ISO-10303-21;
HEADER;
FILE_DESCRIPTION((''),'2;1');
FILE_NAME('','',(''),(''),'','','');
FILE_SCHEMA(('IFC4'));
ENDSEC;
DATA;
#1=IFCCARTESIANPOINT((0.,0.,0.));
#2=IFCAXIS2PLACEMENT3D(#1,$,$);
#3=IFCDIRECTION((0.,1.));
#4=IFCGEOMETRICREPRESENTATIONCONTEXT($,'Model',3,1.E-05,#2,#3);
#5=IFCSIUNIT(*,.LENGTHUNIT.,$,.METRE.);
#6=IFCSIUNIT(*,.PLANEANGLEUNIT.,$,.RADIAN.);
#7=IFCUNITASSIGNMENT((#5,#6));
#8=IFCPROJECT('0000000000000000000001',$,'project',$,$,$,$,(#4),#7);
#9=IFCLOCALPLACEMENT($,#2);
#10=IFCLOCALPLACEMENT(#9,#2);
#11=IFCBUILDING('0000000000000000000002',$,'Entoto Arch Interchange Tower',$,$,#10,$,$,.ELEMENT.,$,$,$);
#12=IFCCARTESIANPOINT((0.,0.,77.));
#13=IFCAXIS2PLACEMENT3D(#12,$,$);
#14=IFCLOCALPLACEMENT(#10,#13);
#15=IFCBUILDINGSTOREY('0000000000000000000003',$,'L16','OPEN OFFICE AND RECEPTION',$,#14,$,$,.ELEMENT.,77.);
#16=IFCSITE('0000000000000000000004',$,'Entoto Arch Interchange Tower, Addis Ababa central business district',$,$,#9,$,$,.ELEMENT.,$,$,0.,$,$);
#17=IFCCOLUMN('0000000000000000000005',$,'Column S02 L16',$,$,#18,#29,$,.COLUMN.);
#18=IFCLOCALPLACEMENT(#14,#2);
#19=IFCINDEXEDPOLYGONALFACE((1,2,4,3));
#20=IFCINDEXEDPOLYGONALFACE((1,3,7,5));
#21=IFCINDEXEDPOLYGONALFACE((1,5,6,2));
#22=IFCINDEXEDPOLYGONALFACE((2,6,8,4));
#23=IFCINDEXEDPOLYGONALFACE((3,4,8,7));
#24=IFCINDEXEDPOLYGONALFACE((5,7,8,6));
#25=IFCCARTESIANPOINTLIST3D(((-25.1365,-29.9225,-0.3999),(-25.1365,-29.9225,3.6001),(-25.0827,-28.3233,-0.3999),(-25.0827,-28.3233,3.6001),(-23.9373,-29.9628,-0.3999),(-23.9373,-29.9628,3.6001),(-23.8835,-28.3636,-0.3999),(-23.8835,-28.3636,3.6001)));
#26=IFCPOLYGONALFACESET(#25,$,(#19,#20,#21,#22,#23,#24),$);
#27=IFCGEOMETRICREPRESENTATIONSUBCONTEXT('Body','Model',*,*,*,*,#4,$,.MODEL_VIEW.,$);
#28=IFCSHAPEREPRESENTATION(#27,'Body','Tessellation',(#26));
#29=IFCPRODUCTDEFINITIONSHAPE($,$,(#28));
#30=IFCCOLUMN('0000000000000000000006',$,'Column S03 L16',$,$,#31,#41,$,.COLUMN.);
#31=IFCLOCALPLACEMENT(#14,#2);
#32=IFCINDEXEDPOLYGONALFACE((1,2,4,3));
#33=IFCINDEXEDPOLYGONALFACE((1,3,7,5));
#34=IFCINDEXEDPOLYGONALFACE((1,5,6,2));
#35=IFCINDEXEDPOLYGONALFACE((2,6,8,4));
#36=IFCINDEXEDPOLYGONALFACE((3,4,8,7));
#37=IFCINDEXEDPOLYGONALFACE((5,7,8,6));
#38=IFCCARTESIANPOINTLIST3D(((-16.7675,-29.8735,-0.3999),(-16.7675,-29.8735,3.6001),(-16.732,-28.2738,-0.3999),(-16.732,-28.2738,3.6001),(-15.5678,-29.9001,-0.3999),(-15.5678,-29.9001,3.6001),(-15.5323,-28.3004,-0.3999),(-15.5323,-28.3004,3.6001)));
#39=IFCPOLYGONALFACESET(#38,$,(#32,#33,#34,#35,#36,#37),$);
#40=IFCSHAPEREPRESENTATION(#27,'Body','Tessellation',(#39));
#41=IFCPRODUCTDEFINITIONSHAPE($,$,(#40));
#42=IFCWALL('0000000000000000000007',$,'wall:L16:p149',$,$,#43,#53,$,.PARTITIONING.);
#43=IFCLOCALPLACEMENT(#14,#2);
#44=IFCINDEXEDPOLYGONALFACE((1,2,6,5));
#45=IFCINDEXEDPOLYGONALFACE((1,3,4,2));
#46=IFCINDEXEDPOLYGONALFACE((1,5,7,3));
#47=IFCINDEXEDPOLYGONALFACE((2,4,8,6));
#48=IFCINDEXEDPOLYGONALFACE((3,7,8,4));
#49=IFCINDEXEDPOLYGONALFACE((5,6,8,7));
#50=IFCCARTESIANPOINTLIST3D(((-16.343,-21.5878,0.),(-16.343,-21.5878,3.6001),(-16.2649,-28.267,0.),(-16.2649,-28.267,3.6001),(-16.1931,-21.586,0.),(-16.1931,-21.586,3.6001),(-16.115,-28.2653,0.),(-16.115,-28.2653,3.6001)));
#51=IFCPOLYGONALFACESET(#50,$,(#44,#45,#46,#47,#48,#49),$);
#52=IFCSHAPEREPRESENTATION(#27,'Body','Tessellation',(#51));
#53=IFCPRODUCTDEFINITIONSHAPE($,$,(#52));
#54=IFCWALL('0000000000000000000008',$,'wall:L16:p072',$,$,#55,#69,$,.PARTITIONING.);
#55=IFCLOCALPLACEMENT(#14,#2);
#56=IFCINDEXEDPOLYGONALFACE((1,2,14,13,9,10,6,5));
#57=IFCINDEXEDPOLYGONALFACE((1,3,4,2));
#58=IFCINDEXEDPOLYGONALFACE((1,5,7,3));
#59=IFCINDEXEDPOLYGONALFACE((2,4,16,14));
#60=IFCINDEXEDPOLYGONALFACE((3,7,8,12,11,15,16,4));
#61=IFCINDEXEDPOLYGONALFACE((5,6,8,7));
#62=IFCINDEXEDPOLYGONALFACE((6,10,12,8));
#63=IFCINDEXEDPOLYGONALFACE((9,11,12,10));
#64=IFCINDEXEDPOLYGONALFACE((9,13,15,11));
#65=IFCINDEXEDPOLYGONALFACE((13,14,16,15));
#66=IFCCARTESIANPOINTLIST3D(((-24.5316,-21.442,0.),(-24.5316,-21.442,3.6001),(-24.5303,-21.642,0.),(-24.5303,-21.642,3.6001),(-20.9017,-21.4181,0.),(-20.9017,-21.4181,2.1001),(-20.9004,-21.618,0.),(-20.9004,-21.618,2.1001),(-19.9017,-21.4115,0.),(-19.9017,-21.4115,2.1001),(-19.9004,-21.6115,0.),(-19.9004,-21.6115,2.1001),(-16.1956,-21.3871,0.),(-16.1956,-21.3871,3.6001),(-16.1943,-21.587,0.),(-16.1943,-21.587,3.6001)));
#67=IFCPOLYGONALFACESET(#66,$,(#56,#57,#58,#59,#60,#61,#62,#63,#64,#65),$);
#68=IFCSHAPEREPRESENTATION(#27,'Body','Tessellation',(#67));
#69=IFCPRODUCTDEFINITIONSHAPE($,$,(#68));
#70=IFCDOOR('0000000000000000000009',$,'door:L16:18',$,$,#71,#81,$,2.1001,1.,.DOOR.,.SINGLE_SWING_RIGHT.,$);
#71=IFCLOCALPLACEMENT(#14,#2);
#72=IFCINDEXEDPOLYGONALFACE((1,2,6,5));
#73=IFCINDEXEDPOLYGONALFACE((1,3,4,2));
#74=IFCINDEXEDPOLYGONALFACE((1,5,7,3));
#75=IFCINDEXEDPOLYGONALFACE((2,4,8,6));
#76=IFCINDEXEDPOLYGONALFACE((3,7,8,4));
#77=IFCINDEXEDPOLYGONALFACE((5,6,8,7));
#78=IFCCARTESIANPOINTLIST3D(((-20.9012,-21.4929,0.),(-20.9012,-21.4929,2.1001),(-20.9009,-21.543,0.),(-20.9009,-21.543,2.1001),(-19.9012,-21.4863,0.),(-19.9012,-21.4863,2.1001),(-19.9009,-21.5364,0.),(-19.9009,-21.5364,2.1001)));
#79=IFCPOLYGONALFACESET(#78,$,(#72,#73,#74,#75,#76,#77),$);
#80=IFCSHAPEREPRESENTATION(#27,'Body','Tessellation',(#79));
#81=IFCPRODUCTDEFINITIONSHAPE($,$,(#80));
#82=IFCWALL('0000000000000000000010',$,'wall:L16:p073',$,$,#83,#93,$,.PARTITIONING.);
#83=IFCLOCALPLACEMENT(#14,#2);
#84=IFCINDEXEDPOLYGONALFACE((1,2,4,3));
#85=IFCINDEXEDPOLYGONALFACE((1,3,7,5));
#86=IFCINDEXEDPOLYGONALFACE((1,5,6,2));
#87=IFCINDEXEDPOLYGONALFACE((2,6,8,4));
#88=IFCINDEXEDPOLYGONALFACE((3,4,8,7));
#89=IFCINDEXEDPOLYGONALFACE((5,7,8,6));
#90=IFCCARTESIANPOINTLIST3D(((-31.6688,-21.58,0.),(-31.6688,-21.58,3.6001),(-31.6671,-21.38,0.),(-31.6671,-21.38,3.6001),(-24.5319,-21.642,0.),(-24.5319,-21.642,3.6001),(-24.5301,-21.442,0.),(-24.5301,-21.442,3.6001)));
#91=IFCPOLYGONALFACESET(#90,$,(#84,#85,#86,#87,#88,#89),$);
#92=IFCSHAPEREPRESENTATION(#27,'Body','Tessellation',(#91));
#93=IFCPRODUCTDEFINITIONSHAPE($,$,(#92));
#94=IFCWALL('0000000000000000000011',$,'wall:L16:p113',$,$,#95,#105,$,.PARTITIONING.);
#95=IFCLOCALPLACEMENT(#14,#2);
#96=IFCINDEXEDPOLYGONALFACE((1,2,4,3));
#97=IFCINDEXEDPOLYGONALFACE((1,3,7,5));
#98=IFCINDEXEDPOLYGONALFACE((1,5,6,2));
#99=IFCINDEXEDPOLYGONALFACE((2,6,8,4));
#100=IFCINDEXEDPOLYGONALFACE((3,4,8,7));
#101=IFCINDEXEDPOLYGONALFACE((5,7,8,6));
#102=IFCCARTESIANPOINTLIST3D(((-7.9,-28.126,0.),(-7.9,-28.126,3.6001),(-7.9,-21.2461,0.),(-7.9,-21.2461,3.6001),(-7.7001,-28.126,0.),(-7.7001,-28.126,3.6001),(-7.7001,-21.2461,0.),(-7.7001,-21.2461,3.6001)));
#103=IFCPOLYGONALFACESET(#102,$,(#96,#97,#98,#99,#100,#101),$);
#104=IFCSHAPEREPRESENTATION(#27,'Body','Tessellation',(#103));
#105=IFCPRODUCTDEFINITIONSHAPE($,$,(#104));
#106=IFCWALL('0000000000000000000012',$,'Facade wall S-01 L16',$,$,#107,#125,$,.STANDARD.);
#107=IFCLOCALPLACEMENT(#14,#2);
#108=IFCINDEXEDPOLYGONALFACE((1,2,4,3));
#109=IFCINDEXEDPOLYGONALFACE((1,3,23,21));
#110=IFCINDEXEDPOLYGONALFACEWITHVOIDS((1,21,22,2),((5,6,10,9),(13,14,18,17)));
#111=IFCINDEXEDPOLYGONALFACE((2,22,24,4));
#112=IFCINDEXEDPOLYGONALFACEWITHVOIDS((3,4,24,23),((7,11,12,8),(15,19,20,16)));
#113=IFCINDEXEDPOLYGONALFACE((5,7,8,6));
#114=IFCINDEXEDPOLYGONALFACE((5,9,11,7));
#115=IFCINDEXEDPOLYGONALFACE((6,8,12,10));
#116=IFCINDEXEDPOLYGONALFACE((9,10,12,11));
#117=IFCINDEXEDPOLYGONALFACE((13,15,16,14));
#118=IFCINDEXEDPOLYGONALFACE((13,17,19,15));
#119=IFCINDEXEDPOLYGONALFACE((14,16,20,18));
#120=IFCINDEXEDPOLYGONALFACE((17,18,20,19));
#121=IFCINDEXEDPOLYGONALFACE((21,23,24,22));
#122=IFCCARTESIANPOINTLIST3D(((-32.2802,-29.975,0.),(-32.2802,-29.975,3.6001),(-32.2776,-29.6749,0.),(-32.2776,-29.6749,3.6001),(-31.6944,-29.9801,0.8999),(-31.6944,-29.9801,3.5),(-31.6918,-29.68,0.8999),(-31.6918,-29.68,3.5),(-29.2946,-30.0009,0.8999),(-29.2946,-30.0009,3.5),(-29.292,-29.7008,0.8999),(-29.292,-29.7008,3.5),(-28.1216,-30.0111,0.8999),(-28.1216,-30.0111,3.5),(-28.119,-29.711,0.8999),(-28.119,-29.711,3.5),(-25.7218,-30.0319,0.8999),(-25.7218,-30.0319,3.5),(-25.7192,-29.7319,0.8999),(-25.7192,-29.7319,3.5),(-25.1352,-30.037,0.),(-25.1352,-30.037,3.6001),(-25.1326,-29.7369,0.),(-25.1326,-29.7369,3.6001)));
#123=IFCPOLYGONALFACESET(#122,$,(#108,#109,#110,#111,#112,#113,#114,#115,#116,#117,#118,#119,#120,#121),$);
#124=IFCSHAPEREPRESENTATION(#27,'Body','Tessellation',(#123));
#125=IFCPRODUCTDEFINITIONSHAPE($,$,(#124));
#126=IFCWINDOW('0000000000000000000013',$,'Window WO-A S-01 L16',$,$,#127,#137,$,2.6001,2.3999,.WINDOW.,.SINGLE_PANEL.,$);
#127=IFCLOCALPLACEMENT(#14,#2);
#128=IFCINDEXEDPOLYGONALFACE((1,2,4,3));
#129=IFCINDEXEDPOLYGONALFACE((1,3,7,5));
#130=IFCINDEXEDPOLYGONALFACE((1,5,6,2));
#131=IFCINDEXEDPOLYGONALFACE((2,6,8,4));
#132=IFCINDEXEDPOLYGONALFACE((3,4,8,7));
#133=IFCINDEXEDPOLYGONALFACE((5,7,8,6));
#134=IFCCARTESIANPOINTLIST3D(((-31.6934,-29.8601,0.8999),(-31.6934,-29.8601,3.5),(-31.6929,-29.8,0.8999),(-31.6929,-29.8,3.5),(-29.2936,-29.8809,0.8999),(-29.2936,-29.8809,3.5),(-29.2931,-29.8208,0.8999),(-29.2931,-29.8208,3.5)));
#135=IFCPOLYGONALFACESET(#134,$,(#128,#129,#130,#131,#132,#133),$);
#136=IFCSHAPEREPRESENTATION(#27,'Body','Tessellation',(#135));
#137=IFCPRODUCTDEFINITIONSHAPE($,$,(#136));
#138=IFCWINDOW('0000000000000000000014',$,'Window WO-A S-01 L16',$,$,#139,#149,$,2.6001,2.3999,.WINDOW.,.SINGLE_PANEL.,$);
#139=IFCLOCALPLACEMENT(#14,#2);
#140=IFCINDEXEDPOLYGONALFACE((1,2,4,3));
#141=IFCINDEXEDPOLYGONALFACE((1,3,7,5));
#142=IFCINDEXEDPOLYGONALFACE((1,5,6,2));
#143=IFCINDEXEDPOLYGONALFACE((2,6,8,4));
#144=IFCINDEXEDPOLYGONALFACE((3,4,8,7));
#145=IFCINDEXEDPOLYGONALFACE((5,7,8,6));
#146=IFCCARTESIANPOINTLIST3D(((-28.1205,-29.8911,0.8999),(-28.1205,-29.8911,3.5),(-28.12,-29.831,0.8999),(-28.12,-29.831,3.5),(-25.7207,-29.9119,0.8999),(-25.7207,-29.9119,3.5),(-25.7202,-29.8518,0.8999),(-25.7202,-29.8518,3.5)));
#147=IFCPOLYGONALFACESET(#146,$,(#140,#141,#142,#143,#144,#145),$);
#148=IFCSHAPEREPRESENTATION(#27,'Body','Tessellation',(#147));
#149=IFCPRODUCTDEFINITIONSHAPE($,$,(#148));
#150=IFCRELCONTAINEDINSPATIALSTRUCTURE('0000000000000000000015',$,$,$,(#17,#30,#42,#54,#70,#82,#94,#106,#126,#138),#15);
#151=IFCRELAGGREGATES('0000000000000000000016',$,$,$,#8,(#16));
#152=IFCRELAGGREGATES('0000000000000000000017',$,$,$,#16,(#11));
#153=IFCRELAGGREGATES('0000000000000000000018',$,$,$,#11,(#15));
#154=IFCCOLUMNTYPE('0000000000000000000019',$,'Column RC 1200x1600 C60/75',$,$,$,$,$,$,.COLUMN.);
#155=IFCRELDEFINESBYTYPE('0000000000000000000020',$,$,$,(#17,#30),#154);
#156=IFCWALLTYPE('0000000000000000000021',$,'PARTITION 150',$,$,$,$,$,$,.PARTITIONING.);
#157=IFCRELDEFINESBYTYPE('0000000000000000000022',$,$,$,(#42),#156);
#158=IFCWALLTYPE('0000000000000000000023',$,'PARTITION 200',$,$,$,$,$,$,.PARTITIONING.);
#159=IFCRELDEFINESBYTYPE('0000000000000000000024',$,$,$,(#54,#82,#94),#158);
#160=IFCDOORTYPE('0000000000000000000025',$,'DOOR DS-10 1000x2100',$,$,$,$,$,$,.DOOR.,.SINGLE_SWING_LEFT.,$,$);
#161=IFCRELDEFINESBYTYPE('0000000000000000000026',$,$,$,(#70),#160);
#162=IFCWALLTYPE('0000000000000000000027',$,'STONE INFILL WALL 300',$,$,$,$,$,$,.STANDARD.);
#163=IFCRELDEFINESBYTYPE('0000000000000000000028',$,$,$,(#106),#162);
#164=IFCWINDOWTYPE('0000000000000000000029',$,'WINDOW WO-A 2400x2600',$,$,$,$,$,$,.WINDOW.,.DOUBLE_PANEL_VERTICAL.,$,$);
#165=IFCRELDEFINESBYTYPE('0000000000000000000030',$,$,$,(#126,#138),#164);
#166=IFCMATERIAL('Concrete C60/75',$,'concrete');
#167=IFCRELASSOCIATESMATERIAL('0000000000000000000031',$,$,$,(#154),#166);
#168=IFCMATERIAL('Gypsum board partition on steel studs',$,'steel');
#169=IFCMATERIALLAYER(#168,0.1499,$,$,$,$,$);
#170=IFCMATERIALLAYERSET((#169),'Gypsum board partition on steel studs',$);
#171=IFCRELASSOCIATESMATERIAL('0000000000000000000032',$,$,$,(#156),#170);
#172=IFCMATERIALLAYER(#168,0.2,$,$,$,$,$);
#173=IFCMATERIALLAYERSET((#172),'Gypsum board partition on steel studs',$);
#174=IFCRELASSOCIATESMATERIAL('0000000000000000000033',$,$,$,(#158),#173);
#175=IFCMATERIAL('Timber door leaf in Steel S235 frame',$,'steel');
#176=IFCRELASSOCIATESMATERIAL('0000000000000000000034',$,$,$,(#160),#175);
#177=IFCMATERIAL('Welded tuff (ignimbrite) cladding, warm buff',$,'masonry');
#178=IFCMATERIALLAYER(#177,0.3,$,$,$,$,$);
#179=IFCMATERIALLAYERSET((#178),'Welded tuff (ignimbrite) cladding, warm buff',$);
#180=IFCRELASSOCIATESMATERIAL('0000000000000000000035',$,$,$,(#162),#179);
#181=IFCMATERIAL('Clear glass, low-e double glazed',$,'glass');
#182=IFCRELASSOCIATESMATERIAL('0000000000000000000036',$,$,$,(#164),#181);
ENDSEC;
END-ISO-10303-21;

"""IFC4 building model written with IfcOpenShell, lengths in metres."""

from ifc_helpers import new_model, si_unit, direction, frame, frame_2d, origin, origin_2d, place, context, subcontext, project, spatial, rectangle, extrude, material, layer, layer_set, material_profile, profile_set, type_object, element, fill, save


model = new_model("IFC4")

# Units and contexts
model_context = context("Model", 3, precision=1e-05, world=origin(), true_north=direction((0.0, 1.0)))
body_context = subcontext(model_context, "Body", "Model", "MODEL_VIEW")
ifc_project = project(units=[si_unit("LENGTHUNIT", "METRE"), si_unit("PLANEANGLEUNIT", "RADIAN")], contexts=[model_context])

# Site, building, storey
site_placement = place(None, origin())
site = spatial("IfcSite", under=ifc_project, at=site_placement, Name="Entoto Arch Interchange Tower, Addis Ababa central business district", CompositionType="ELEMENT", RefElevation=0.0)
building_placement = place(site_placement, origin())
building = spatial("IfcBuilding", under=site, at=building_placement, Name="Entoto Arch Interchange Tower", CompositionType="ELEMENT")
storey_placement = place(building_placement, frame((0.0, 0.0, 77.0)))
storey = spatial("IfcBuildingStorey", under=building, at=storey_placement, Name="L16", Description="OPEN OFFICE AND RECEPTION", CompositionType="ELEMENT", Elevation=77.0)

# Columns
ifc_material_1 = material(Name="Concrete C60/75", Category="concrete")
ifc_material_profile = material_profile(ifc_material_1, rectangle(XDim=1.2, YDim=1.6001, at=origin_2d()))
ifc_profile_set = profile_set([ifc_material_profile], Name="Concrete C60/75")
column_type = type_object("IfcColumnType", Name="Column RC 1200x1600 C60/75", PredefinedType="COLUMN", material=ifc_profile_set)
for number, where, z_axis, x_axis, name in (
    (1, (-24.51, -29.1431, -0.3999), (0.0, 0.0, 1.0), (-0.999434, 0.033626, 0.0), "Column S02 L16"),
    (2, (-16.1499, -29.0869, -0.3999), (0.0, 0.0, 1.0), (-0.999754, 0.022164, 0.0), "Column S03 L16"),
):
    element("IfcColumn", number, at=place(storey_placement, frame(where, z_axis=z_axis, x_axis=x_axis)), inside=storey, type_object=column_type, Name=name, PredefinedType="COLUMN", context=body_context, shape_type="SweptSolid", body=[
        extrude(rectangle(XDim=1.2, YDim=1.6001, at=origin_2d()), origin(), (0.0, 0.0, 1.0), 4.0),
    ])

# Wall
ifc_material_2 = material(Name="Gypsum board partition on steel studs", Category="steel")
ifc_layer_1 = layer(ifc_material_2, 0.1499)
ifc_layer_set_1 = layer_set([ifc_layer_1], Name="Gypsum board partition on steel studs")
wall_type_1 = type_object("IfcWallType", Name="PARTITION 150", PredefinedType="PARTITIONING", material=ifc_layer_set_1)
wall_1_placement = place(storey_placement, frame((-16.2681, -21.5869, 0.0), z_axis=(0.0, 0.0, 1.0), x_axis=(0.011696, -0.999932, 0.0)))
element("IfcWall", 3, at=wall_1_placement, inside=storey, type_object=wall_type_1, Name="wall:L16:p149", PredefinedType="PARTITIONING", context=body_context, shape_type="SweptSolid", body=[
    extrude(rectangle(XDim=6.6797, YDim=0.1499, at=frame_2d((3.3398, 0.0))), origin(), (0.0, 0.0, 1.0), 3.6001),
])

# Wall, opening, door
ifc_layer_2 = layer(ifc_material_2, 0.2)
ifc_layer_set_2 = layer_set([ifc_layer_2], Name="Gypsum board partition on steel studs")
wall_type_2 = type_object("IfcWallType", Name="PARTITION 200", PredefinedType="PARTITIONING", material=ifc_layer_set_2)
wall_2_placement = place(storey_placement, frame((-16.1951, -21.4871, 0.0), z_axis=(0.0, 0.0, 1.0), x_axis=(-0.999978, -0.00659, 0.0)))
wall_2 = element("IfcWall", 4, at=wall_2_placement, inside=storey, type_object=wall_type_2, Name="wall:L16:p072", PredefinedType="PARTITIONING", context=body_context, shape_type="SweptSolid", body=[
    extrude(rectangle(XDim=8.3362, YDim=0.2, at=frame_2d((4.168, 0.0))), origin(), (0.0, 0.0, 1.0), 3.6001),
])
opening_1_placement = place(wall_2_placement, frame((3.7061, 0.0, 0.0)))
opening_1 = element("IfcOpeningElement", 5, at=opening_1_placement, cuts=wall_2, PredefinedType="OPENING", context=body_context, shape_type="SweptSolid", body=[
    extrude(rectangle(XDim=1.0, YDim=2.1001, at=frame_2d((0.5, 1.05))), frame((0.0, 0.1099, 0.0), z_axis=(0.0, -1.0, 0.0), x_axis=(1.0, 0.0, 0.0)), (0.0, 0.0, 1.0), 0.22),
])
ifc_material_3 = material(Name="Timber door leaf in Steel S235 frame", Category="steel")
door_type = type_object("IfcDoorType", Name="DOOR DS-10 1000x2100", OperationType="SINGLE_SWING_LEFT", PredefinedType="DOOR", material=ifc_material_3)
door_placement = place(opening_1_placement, origin())
door = element("IfcDoor", 6, at=door_placement, inside=storey, type_object=door_type, Name="door:L16:18", OperationType="SINGLE_SWING_RIGHT", OverallHeight=2.1001, OverallWidth=1.0, PredefinedType="DOOR", context=body_context, shape_type="SweptSolid", body=[
    extrude(rectangle(XDim=1.0, YDim=2.1001, at=frame_2d((0.5, 1.05))), frame((0.0, 0.0249, 0.0), z_axis=(0.0, -1.0, 0.0), x_axis=(1.0, 0.0, 0.0)), (0.0, 0.0, 1.0), 0.05),
])
fill(opening_1, door)

# Walls
wall_3_placement = place(storey_placement, frame((-24.531, -21.542, 0.0), z_axis=(0.0, 0.0, 1.0), x_axis=(-0.999962, 0.008688, 0.0)))
element("IfcWall", 7, at=wall_3_placement, inside=storey, type_object=wall_type_2, Name="wall:L16:p073", PredefinedType="PARTITIONING", context=body_context, shape_type="SweptSolid", body=[
    extrude(rectangle(XDim=7.1372, YDim=0.2, at=frame_2d((3.5686, 0.0))), origin(), (0.0, 0.0, 1.0), 3.6001),
])
wall_4_placement = place(storey_placement, frame((-7.8, -28.126, 0.0), z_axis=(0.0, 0.0, 1.0), x_axis=(0.0, 1.0, 0.0)))
element("IfcWall", 8, at=wall_4_placement, inside=storey, type_object=wall_type_2, Name="wall:L16:p113", PredefinedType="PARTITIONING", context=body_context, shape_type="SweptSolid", body=[
    extrude(rectangle(XDim=6.8799, YDim=0.2, at=frame_2d((3.4399, 0.0))), origin(), (0.0, 0.0, 1.0), 3.6001),
])

# Wall, openings, windows
ifc_material_4 = material(Name="Welded tuff (ignimbrite) cladding, warm buff", Category="masonry")
ifc_layer_3 = layer(ifc_material_4, 0.3)
ifc_layer_set_3 = layer_set([ifc_layer_3], Name="Welded tuff (ignimbrite) cladding, warm buff")
wall_type_3 = type_object("IfcWallType", Name="STONE INFILL WALL 300", PredefinedType="STANDARD", material=ifc_layer_set_3)
wall_5_placement = place(storey_placement, frame((-32.2791, -29.825, 0.0), z_axis=(0.0, 0.0, 1.0), x_axis=(0.999962, -0.008679, 0.0)))
wall_5 = element("IfcWall", 9, at=wall_5_placement, inside=storey, type_object=wall_type_3, Name="Facade wall S-01 L16", PredefinedType="STANDARD", context=body_context, shape_type="SweptSolid", body=[
    extrude(rectangle(XDim=7.1453, YDim=0.3, at=frame_2d((3.5728, 0.0))), origin(), (0.0, 0.0, 1.0), 3.6001),
])
opening_2_placement = place(wall_5_placement, frame((0.5859, 0.0, 0.8999)))
opening_2 = element("IfcOpeningElement", 10, at=opening_2_placement, cuts=wall_5, PredefinedType="OPENING", context=body_context, shape_type="SweptSolid", body=[
    extrude(rectangle(XDim=2.3999, YDim=2.6001, at=frame_2d((1.2, 1.3))), frame((0.0, 0.1602, 0.0), z_axis=(0.0, -1.0, 0.0), x_axis=(1.0, 0.0, 0.0)), (0.0, 0.0, 1.0), 0.3201),
])
opening_3_placement = place(wall_5_placement, frame((4.1589, 0.0, 0.8999)))
opening_3 = element("IfcOpeningElement", 11, at=opening_3_placement, cuts=wall_5, PredefinedType="OPENING", context=body_context, shape_type="SweptSolid", body=[
    extrude(rectangle(XDim=2.3999, YDim=2.6001, at=frame_2d((1.2, 1.3))), frame((0.0, 0.1602, 0.0), z_axis=(0.0, -1.0, 0.0), x_axis=(1.0, 0.0, 0.0)), (0.0, 0.0, 1.0), 0.3201),
])
ifc_material_5 = material(Name="Clear glass, low-e double glazed", Category="glass")
window_type = type_object("IfcWindowType", Name="WINDOW WO-A 2400x2600", PartitioningType="DOUBLE_PANEL_VERTICAL", PredefinedType="WINDOW", material=ifc_material_5)
window_1_placement = place(opening_2_placement, origin())
window_1 = element("IfcWindow", 12, at=window_1_placement, inside=storey, type_object=window_type, Name="Window WO-A S-01 L16", OverallHeight=2.6001, OverallWidth=2.3999, PartitioningType="SINGLE_PANEL", PredefinedType="WINDOW", context=body_context, shape_type="SweptSolid", body=[
    extrude(rectangle(XDim=2.3999, YDim=2.6001, at=frame_2d((1.2, 1.3))), frame((0.0, 0.03, 0.0), z_axis=(0.0, -1.0, 0.0), x_axis=(1.0, 0.0, 0.0)), (0.0, 0.0, 1.0), 0.0601),
])
fill(opening_2, window_1)
window_2_placement = place(opening_3_placement, origin())
window_2 = element("IfcWindow", 13, at=window_2_placement, inside=storey, type_object=window_type, Name="Window WO-A S-01 L16", OverallHeight=2.6001, OverallWidth=2.3999, PartitioningType="SINGLE_PANEL", PredefinedType="WINDOW", context=body_context, shape_type="SweptSolid", body=[
    extrude(rectangle(XDim=2.3999, YDim=2.6001, at=frame_2d((1.2, 1.3))), frame((0.0, 0.03, 0.0), z_axis=(0.0, -1.0, 0.0), x_axis=(1.0, 0.0, 0.0)), (0.0, 0.0, 1.0), 0.0601),
])
fill(opening_3, window_2)

save(model, "model.ifc")
